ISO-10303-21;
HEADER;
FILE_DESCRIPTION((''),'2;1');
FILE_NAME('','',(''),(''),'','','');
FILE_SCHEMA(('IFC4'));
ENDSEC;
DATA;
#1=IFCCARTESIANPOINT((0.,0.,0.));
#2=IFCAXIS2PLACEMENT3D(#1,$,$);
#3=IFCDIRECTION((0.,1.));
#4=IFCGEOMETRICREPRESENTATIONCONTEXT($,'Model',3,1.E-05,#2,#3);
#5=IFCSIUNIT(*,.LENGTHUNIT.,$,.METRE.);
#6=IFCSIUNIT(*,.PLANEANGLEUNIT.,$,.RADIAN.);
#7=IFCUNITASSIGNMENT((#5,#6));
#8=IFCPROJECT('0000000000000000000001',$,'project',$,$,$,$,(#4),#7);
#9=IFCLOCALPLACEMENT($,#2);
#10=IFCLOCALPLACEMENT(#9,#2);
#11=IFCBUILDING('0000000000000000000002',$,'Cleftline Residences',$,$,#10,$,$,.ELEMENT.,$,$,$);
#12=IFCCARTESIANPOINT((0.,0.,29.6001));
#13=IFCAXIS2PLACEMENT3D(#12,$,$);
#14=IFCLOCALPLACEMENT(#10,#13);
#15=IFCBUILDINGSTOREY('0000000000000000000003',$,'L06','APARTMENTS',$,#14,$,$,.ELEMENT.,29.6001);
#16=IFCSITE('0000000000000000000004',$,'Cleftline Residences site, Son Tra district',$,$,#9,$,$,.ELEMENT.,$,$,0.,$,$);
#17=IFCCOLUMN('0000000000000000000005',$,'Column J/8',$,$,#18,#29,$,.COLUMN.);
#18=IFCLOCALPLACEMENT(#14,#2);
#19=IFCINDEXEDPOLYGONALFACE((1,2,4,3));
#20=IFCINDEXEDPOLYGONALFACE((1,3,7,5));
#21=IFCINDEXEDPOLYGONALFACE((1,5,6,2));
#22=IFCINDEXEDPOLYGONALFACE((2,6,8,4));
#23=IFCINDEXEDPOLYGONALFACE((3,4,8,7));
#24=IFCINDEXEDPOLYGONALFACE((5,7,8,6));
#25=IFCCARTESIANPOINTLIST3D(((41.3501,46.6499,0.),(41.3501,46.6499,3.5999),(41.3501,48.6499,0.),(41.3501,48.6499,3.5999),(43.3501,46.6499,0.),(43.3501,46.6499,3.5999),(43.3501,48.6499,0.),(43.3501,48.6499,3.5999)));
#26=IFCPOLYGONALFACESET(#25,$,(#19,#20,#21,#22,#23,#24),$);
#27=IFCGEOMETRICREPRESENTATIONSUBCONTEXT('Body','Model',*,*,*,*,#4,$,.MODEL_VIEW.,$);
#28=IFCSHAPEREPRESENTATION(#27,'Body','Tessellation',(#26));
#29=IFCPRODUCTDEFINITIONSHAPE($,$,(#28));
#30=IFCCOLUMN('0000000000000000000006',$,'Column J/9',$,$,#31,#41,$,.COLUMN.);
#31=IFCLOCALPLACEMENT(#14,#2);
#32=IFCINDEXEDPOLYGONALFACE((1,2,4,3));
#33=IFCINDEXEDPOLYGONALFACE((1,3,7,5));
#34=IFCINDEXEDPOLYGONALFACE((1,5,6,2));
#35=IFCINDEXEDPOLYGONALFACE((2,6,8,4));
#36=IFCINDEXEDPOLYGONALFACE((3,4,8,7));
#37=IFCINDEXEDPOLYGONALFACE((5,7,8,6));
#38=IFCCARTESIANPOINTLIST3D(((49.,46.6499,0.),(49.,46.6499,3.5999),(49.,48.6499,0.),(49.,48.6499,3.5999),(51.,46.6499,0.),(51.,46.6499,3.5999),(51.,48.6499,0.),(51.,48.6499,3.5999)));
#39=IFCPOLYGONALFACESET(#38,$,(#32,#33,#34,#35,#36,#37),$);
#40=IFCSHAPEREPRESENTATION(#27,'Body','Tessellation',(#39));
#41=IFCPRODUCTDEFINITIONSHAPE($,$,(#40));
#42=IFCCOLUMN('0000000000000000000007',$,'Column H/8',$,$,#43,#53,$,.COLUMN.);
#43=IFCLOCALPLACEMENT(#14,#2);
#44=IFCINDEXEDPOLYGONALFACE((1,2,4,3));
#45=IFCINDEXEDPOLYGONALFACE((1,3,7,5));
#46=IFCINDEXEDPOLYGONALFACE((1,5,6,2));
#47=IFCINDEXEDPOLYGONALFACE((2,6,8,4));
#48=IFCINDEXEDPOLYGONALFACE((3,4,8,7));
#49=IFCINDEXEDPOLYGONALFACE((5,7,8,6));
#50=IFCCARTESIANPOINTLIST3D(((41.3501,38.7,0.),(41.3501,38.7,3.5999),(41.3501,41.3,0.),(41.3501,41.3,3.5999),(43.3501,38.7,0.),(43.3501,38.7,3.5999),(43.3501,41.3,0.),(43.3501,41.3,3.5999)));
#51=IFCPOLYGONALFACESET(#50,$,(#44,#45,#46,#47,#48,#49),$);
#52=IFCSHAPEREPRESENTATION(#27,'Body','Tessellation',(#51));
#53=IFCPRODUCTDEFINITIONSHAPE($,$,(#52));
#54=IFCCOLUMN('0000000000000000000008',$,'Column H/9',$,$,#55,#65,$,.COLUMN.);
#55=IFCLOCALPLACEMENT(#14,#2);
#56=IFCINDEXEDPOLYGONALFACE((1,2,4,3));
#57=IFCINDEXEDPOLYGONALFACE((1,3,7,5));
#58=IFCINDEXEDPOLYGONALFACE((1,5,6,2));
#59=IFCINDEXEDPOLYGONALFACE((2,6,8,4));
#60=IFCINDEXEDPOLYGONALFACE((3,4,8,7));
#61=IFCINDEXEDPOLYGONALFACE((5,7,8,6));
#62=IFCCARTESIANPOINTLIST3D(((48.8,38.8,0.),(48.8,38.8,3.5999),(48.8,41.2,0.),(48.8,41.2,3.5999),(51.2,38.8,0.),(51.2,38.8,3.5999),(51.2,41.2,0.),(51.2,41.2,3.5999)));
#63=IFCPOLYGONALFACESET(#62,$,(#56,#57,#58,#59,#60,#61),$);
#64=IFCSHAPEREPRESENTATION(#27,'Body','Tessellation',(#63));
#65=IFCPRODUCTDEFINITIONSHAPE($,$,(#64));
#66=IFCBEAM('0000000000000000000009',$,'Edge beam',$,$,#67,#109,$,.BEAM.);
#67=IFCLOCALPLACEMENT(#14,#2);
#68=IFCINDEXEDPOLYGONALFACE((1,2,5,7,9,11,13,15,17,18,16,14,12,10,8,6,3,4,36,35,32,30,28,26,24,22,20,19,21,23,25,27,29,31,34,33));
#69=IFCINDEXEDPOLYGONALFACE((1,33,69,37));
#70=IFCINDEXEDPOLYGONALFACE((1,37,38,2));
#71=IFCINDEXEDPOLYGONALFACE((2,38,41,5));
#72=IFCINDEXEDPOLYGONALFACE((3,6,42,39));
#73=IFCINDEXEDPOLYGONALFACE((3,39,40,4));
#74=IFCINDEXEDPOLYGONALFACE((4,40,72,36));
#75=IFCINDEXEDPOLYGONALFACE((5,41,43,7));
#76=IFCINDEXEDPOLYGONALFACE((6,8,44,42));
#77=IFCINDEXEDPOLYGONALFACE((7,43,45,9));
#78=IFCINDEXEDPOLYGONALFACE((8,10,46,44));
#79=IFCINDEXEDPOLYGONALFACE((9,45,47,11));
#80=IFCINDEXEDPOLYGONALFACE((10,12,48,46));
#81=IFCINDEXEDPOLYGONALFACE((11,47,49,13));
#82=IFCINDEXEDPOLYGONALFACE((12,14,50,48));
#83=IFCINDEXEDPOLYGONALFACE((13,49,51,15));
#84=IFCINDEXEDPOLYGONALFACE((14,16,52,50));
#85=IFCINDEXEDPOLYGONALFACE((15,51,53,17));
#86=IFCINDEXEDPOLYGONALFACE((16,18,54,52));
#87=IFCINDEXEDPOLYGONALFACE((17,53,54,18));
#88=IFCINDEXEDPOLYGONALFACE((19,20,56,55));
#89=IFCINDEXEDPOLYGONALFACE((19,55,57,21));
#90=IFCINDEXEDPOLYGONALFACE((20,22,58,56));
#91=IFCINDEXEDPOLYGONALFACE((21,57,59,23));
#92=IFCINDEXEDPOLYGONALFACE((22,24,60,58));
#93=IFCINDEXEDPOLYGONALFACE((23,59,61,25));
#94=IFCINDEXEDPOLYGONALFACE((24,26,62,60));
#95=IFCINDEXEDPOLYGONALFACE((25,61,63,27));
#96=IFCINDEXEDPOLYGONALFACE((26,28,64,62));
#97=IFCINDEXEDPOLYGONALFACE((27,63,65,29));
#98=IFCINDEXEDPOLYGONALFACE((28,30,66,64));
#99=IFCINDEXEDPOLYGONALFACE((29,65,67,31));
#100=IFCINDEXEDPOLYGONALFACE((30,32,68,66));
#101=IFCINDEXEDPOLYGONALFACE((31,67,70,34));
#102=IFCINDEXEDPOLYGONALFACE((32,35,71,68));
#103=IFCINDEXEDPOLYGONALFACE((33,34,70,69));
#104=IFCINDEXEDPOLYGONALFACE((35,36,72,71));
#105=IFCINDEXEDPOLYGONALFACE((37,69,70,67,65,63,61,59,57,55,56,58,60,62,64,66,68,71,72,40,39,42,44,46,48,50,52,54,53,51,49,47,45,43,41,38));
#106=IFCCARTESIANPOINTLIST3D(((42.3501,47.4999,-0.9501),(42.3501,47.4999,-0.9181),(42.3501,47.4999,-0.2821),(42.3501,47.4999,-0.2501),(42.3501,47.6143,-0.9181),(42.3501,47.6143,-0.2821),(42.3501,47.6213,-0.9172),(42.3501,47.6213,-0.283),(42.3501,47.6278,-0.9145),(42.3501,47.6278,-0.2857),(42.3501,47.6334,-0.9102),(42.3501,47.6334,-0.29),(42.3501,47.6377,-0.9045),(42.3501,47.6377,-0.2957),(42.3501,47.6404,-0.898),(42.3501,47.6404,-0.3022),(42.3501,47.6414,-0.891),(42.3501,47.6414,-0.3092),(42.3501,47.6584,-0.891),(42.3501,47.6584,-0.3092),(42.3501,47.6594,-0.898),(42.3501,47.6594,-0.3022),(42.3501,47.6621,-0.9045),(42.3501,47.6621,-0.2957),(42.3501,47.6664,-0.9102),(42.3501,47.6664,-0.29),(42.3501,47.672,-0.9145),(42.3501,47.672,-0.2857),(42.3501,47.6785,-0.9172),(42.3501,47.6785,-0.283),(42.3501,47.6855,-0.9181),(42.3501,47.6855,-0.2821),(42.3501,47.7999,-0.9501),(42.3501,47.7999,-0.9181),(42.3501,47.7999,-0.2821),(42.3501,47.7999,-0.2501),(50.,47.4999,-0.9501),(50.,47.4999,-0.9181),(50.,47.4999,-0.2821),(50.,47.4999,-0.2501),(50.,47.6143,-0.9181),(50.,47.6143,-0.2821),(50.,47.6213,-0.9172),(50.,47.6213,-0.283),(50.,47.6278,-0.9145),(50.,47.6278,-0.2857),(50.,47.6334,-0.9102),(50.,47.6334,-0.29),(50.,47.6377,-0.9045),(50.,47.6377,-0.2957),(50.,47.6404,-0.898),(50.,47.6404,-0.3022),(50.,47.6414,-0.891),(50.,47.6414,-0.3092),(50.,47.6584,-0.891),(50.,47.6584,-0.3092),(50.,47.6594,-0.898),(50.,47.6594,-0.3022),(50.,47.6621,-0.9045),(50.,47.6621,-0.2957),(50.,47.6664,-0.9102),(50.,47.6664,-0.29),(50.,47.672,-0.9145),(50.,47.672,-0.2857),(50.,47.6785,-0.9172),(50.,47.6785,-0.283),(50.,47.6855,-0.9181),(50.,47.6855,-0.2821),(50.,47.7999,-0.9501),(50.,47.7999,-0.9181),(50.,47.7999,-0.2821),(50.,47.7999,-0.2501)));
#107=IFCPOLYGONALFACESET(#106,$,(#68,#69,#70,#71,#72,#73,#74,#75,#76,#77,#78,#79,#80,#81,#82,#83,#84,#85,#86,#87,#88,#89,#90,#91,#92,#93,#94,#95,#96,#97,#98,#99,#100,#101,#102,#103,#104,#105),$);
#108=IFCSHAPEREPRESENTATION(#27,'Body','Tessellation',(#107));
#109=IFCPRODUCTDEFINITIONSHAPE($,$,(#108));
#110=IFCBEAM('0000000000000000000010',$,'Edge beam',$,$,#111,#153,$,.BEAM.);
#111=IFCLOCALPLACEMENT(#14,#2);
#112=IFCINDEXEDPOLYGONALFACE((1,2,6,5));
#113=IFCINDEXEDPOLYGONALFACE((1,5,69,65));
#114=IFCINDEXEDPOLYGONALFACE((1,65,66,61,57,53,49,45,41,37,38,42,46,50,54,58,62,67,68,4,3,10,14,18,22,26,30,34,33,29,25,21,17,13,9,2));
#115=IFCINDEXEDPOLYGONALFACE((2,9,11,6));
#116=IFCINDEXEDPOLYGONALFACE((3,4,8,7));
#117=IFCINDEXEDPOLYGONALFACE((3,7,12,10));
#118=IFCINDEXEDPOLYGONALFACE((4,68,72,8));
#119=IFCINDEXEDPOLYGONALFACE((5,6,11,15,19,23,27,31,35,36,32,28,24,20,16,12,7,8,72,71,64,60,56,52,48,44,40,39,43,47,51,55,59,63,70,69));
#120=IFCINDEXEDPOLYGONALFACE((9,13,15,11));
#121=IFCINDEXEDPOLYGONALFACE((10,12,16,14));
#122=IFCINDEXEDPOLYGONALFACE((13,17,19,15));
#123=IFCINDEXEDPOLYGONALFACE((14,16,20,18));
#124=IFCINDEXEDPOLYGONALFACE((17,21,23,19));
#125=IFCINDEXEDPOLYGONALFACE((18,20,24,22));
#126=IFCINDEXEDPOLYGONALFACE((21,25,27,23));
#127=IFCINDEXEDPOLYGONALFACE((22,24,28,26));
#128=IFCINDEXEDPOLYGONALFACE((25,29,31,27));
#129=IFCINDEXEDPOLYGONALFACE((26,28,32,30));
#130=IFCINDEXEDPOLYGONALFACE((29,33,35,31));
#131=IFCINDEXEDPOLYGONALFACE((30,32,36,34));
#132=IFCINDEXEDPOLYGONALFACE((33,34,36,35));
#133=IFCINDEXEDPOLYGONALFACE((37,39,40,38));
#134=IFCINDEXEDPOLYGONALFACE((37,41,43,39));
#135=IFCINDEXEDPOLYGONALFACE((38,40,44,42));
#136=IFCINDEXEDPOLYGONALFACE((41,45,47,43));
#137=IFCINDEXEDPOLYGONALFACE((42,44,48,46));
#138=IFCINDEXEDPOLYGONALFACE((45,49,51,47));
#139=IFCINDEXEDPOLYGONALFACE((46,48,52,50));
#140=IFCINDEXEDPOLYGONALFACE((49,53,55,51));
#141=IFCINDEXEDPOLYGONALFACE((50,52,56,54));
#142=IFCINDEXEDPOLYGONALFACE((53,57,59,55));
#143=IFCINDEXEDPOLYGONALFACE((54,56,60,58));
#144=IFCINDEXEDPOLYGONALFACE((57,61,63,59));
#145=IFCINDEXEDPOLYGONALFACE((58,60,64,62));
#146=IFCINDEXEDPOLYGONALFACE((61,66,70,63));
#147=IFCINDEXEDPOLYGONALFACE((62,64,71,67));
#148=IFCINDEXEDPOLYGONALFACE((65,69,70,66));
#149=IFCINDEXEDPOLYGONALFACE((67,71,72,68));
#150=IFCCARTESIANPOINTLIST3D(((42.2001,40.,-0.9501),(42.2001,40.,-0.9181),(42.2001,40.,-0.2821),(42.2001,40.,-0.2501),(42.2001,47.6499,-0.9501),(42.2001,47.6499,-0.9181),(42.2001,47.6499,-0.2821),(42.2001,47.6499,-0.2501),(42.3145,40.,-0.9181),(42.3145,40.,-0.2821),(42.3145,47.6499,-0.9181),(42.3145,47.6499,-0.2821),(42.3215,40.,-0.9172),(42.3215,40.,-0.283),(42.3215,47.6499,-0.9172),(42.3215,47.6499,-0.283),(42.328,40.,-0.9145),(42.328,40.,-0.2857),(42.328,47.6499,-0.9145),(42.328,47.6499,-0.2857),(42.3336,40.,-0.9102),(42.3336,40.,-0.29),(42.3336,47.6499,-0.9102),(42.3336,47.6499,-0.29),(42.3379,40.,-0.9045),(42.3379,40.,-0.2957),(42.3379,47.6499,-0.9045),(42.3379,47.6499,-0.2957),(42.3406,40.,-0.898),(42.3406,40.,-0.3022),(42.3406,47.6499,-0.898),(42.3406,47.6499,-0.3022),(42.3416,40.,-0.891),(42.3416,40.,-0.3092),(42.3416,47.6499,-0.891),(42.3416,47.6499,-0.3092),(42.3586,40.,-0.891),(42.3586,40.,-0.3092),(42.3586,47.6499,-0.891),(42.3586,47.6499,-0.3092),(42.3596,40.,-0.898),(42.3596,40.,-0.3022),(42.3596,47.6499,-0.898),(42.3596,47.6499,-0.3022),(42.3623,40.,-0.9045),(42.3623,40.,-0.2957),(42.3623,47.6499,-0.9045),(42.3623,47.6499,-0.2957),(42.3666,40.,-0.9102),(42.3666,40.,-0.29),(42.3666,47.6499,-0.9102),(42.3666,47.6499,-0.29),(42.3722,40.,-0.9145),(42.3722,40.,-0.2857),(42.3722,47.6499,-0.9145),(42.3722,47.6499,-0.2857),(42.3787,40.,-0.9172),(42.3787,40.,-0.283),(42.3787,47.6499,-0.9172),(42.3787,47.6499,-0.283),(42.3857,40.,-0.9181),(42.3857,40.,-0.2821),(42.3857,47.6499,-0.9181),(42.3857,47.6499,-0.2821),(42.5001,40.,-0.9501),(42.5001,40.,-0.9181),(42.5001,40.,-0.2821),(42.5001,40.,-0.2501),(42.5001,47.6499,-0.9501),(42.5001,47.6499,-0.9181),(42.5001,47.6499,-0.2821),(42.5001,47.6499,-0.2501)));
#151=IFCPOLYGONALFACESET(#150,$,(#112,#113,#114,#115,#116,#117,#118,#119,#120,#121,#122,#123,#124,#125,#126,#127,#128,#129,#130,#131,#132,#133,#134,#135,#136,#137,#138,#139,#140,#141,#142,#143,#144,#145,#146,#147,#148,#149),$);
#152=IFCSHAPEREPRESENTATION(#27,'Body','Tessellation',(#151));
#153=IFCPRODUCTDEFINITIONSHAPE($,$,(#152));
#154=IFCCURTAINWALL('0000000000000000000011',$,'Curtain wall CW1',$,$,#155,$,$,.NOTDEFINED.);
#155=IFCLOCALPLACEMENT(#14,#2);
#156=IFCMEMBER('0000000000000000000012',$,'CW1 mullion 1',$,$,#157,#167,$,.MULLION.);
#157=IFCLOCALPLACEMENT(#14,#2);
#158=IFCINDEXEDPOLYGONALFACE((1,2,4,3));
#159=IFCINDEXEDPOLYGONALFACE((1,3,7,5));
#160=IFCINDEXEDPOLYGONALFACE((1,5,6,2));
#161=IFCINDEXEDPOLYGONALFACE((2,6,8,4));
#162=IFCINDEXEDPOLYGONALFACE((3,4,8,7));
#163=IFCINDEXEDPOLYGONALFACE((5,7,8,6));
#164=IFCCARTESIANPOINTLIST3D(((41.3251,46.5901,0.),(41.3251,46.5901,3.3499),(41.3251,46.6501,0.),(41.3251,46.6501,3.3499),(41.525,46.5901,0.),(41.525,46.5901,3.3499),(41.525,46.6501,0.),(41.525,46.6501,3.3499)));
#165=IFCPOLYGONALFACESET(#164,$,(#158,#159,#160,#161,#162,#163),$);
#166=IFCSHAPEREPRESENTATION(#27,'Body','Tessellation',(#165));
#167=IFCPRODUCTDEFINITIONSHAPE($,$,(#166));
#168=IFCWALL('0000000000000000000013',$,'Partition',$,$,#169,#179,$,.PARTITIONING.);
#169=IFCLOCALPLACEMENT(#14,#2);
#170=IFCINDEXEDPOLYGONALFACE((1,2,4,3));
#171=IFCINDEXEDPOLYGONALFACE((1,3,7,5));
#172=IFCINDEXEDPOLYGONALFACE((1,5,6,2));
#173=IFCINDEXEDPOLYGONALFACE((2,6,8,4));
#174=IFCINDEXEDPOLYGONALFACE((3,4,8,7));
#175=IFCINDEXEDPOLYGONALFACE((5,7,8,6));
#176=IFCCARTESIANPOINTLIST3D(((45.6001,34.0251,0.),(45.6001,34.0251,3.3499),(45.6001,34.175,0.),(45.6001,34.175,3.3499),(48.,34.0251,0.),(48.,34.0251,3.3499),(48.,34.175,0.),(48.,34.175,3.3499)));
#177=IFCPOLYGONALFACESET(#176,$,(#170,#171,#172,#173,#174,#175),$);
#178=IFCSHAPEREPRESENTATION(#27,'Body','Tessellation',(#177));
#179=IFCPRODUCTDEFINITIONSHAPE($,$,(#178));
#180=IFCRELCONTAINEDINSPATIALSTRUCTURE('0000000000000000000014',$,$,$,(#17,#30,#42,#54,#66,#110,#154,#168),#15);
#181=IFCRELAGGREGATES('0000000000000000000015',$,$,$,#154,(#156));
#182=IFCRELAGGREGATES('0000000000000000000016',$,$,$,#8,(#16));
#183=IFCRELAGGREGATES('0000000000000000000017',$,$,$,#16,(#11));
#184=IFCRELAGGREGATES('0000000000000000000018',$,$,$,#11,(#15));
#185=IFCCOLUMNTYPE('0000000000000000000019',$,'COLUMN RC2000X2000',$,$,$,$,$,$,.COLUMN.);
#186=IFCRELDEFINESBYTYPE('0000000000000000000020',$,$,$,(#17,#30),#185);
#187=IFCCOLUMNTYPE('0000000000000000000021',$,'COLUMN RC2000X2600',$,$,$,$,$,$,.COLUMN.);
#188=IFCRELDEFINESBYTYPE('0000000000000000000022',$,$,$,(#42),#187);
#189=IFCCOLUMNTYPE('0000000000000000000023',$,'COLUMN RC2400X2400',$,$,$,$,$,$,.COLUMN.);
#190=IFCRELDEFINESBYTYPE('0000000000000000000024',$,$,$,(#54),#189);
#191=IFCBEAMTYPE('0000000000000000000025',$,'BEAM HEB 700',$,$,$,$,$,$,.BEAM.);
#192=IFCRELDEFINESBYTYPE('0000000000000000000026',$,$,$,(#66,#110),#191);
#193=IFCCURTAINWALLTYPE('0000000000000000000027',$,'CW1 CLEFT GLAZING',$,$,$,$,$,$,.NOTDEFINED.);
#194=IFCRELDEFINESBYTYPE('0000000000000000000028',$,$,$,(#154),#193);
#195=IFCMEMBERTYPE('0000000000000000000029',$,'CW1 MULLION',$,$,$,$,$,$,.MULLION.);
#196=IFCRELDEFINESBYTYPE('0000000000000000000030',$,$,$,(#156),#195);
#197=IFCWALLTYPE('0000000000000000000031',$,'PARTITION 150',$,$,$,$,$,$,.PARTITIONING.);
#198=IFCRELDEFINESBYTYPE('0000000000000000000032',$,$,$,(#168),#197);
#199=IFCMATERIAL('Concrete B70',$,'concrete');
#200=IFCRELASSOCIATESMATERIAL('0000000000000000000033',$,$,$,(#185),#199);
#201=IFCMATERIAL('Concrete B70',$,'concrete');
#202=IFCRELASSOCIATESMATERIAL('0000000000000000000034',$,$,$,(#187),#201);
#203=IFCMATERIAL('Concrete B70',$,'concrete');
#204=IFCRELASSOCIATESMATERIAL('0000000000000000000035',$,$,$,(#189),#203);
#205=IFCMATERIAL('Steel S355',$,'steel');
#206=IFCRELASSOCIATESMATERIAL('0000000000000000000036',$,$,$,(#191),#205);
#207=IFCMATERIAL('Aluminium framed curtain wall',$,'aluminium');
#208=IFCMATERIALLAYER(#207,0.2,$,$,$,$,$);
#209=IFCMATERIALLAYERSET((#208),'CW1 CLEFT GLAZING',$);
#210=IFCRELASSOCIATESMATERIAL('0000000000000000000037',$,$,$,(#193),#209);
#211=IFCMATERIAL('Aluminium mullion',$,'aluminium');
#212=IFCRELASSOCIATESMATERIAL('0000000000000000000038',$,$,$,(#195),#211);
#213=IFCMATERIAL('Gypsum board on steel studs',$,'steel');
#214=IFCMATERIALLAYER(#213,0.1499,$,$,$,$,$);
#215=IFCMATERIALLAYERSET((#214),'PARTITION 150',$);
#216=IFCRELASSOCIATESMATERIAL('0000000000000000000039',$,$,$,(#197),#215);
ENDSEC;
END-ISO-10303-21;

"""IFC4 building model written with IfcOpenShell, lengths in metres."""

from ifc_helpers import new_model, si_unit, direction, frame, frame_2d, origin, origin_2d, place, context, subcontext, project, spatial, rectangle, i_section, extrude, material, layer, layer_set, material_profile, profile_set, type_object, element, aggregate, save


model = new_model("IFC4")

# Units and contexts
model_context = context("Model", 3, precision=1e-05, world=origin(), true_north=direction((0.0, 1.0)))
body_context = subcontext(model_context, "Body", "Model", "MODEL_VIEW")
ifc_project = project(units=[si_unit("LENGTHUNIT", "METRE"), si_unit("PLANEANGLEUNIT", "RADIAN")], contexts=[model_context])

# Site, building, storey
site_placement = place(None, origin())
site = spatial("IfcSite", under=ifc_project, at=site_placement, Name="Cleftline Residences site, Son Tra district", CompositionType="ELEMENT", RefElevation=0.0)
building_placement = place(site_placement, origin())
building = spatial("IfcBuilding", under=site, at=building_placement, Name="Cleftline Residences", CompositionType="ELEMENT")
storey_placement = place(building_placement, frame((0.0, 0.0, 29.6001)))
storey = spatial("IfcBuildingStorey", under=building, at=storey_placement, Name="L06", Description="APARTMENTS", CompositionType="ELEMENT", Elevation=29.6001)

# Columns
ifc_material_1 = material(Name="Concrete B70", Category="concrete")
ifc_material_profile_1 = material_profile(ifc_material_1, rectangle(XDim=2.0, YDim=2.0, at=origin_2d()))
ifc_profile_set_1 = profile_set([ifc_material_profile_1], Name="Concrete B70")
column_type_1 = type_object("IfcColumnType", Name="COLUMN RC2000X2000", PredefinedType="COLUMN", material=ifc_profile_set_1)
for number, where, z_axis, x_axis, name in (
    (1, (42.3501, 47.6499, 0.0), (0.0, 0.0, 1.0), (1.0, 0.0, 0.0), "Column J/8"),
    (2, (50.0, 47.6499, 0.0), (0.0, 0.0, 1.0), (1.0, 0.0, 0.0), "Column J/9"),
):
    element("IfcColumn", number, at=place(storey_placement, frame(where, z_axis=z_axis, x_axis=x_axis)), inside=storey, type_object=column_type_1, Name=name, PredefinedType="COLUMN", context=body_context, shape_type="SweptSolid", body=[
        extrude(rectangle(XDim=2.0, YDim=2.0, at=origin_2d()), origin(), (0.0, 0.0, 1.0), 3.5999),
    ])
ifc_material_2 = material(Name="Concrete B70", Category="concrete")
ifc_material_profile_2 = material_profile(ifc_material_2, rectangle(XDim=2.0, YDim=2.6001, at=origin_2d()))
ifc_profile_set_2 = profile_set([ifc_material_profile_2], Name="Concrete B70")
column_type_2 = type_object("IfcColumnType", Name="COLUMN RC2000X2600", PredefinedType="COLUMN", material=ifc_profile_set_2)
column_1_placement = place(storey_placement, frame((42.3501, 40.0, 0.0), z_axis=(0.0, 0.0, 1.0), x_axis=(1.0, 0.0, 0.0)))
element("IfcColumn", 3, at=column_1_placement, inside=storey, type_object=column_type_2, Name="Column H/8", PredefinedType="COLUMN", context=body_context, shape_type="SweptSolid", body=[
    extrude(rectangle(XDim=2.0, YDim=2.6001, at=origin_2d()), origin(), (0.0, 0.0, 1.0), 3.5999),
])
ifc_material_3 = material(Name="Concrete B70", Category="concrete")
ifc_material_profile_3 = material_profile(ifc_material_3, rectangle(XDim=2.3999, YDim=2.3999, at=origin_2d()))
ifc_profile_set_3 = profile_set([ifc_material_profile_3], Name="Concrete B70")
column_type_3 = type_object("IfcColumnType", Name="COLUMN RC2400X2400", PredefinedType="COLUMN", material=ifc_profile_set_3)
column_2_placement = place(storey_placement, frame((50.0, 40.0, 0.0), z_axis=(0.0, 0.0, 1.0), x_axis=(1.0, 0.0, 0.0)))
element("IfcColumn", 4, at=column_2_placement, inside=storey, type_object=column_type_3, Name="Column H/9", PredefinedType="COLUMN", context=body_context, shape_type="SweptSolid", body=[
    extrude(rectangle(XDim=2.3999, YDim=2.3999, at=origin_2d()), origin(), (0.0, 0.0, 1.0), 3.5999),
])

# Beams
ifc_material_4 = material(Name="Steel S355", Category="steel")
ifc_material_profile_4 = material_profile(ifc_material_4, i_section(OverallWidth=0.3, OverallDepth=0.7, WebThickness=0.0171, FlangeThickness=0.032, FilletRadius=0.0271, at=origin_2d()))
ifc_profile_set_4 = profile_set([ifc_material_profile_4], Name="Steel S355")
beam_type = type_object("IfcBeamType", Name="BEAM HEB 700", PredefinedType="BEAM", material=ifc_profile_set_4)
for number, where, z_axis, x_axis, name in (
    (5, (50.0, 47.6499, -0.6001), (-1.0, 0.0, 0.0), (0.0, -1.0, 0.0), "Edge beam"),
    (6, (42.3501, 47.6499, -0.6001), (0.0, -1.0, 0.0), (1.0, 0.0, 0.0), "Edge beam"),
):
    element("IfcBeam", number, at=place(storey_placement, frame(where, z_axis=z_axis, x_axis=x_axis)), inside=storey, type_object=beam_type, Name=name, PredefinedType="BEAM", context=body_context, shape_type="SweptSolid", body=[
        extrude(i_section(OverallWidth=0.3, OverallDepth=0.7, WebThickness=0.0171, FlangeThickness=0.032, FilletRadius=0.0271, at=origin_2d()), origin(), (0.0, 0.0, 1.0), 7.6499),
    ])

# Curtain wall, member
ifc_material_5 = material(Name="Aluminium framed curtain wall", Category="aluminium")
ifc_layer_1 = layer(ifc_material_5, 0.2)
ifc_layer_set_1 = layer_set([ifc_layer_1], Name="CW1 CLEFT GLAZING")
curtain_wall_type = type_object("IfcCurtainWallType", Name="CW1 CLEFT GLAZING", PredefinedType="NOTDEFINED", material=ifc_layer_set_1)
curtain_wall_placement = place(storey_placement, origin())
curtain_wall = element("IfcCurtainWall", 7, at=curtain_wall_placement, inside=storey, type_object=curtain_wall_type, Name="Curtain wall CW1", PredefinedType="NOTDEFINED")
ifc_material_6 = material(Name="Aluminium mullion", Category="aluminium")
ifc_material_profile_5 = material_profile(ifc_material_6, rectangle(XDim=0.2, YDim=0.0601, at=origin_2d()))
ifc_profile_set_5 = profile_set([ifc_material_profile_5], Name="Aluminium mullion")
member_type = type_object("IfcMemberType", Name="CW1 MULLION", PredefinedType="MULLION", material=ifc_profile_set_5)
member_placement = place(storey_placement, frame((41.425, 46.6201, 0.0), z_axis=(0.0, 0.0, 1.0), x_axis=(1.0, 0.0, 0.0)))
member = element("IfcMember", 8, at=member_placement, type_object=member_type, Name="CW1 mullion 1", PredefinedType="MULLION", context=body_context, shape_type="SweptSolid", body=[
    extrude(rectangle(XDim=0.2, YDim=0.0601, at=origin_2d()), origin(), (0.0, 0.0, 1.0), 3.3499),
])
aggregate(curtain_wall, [member])

# Wall
ifc_material_7 = material(Name="Gypsum board on steel studs", Category="steel")
ifc_layer_2 = layer(ifc_material_7, 0.1499)
ifc_layer_set_2 = layer_set([ifc_layer_2], Name="PARTITION 150")
wall_type = type_object("IfcWallType", Name="PARTITION 150", PredefinedType="PARTITIONING", material=ifc_layer_set_2)
wall_1_placement = place(storey_placement, frame((45.6001, 34.1001, 0.0), z_axis=(0.0, 0.0, 1.0), x_axis=(1.0, 0.0, 0.0)))
element("IfcWall", 9, at=wall_1_placement, inside=storey, type_object=wall_type, Name="Partition", PredefinedType="PARTITIONING", context=body_context, shape_type="SweptSolid", body=[
    extrude(rectangle(XDim=2.3999, YDim=0.1499, at=frame_2d((1.2, 0.0))), origin(), (0.0, 0.0, 1.0), 3.3499),
])

save(model, "model.ifc")
